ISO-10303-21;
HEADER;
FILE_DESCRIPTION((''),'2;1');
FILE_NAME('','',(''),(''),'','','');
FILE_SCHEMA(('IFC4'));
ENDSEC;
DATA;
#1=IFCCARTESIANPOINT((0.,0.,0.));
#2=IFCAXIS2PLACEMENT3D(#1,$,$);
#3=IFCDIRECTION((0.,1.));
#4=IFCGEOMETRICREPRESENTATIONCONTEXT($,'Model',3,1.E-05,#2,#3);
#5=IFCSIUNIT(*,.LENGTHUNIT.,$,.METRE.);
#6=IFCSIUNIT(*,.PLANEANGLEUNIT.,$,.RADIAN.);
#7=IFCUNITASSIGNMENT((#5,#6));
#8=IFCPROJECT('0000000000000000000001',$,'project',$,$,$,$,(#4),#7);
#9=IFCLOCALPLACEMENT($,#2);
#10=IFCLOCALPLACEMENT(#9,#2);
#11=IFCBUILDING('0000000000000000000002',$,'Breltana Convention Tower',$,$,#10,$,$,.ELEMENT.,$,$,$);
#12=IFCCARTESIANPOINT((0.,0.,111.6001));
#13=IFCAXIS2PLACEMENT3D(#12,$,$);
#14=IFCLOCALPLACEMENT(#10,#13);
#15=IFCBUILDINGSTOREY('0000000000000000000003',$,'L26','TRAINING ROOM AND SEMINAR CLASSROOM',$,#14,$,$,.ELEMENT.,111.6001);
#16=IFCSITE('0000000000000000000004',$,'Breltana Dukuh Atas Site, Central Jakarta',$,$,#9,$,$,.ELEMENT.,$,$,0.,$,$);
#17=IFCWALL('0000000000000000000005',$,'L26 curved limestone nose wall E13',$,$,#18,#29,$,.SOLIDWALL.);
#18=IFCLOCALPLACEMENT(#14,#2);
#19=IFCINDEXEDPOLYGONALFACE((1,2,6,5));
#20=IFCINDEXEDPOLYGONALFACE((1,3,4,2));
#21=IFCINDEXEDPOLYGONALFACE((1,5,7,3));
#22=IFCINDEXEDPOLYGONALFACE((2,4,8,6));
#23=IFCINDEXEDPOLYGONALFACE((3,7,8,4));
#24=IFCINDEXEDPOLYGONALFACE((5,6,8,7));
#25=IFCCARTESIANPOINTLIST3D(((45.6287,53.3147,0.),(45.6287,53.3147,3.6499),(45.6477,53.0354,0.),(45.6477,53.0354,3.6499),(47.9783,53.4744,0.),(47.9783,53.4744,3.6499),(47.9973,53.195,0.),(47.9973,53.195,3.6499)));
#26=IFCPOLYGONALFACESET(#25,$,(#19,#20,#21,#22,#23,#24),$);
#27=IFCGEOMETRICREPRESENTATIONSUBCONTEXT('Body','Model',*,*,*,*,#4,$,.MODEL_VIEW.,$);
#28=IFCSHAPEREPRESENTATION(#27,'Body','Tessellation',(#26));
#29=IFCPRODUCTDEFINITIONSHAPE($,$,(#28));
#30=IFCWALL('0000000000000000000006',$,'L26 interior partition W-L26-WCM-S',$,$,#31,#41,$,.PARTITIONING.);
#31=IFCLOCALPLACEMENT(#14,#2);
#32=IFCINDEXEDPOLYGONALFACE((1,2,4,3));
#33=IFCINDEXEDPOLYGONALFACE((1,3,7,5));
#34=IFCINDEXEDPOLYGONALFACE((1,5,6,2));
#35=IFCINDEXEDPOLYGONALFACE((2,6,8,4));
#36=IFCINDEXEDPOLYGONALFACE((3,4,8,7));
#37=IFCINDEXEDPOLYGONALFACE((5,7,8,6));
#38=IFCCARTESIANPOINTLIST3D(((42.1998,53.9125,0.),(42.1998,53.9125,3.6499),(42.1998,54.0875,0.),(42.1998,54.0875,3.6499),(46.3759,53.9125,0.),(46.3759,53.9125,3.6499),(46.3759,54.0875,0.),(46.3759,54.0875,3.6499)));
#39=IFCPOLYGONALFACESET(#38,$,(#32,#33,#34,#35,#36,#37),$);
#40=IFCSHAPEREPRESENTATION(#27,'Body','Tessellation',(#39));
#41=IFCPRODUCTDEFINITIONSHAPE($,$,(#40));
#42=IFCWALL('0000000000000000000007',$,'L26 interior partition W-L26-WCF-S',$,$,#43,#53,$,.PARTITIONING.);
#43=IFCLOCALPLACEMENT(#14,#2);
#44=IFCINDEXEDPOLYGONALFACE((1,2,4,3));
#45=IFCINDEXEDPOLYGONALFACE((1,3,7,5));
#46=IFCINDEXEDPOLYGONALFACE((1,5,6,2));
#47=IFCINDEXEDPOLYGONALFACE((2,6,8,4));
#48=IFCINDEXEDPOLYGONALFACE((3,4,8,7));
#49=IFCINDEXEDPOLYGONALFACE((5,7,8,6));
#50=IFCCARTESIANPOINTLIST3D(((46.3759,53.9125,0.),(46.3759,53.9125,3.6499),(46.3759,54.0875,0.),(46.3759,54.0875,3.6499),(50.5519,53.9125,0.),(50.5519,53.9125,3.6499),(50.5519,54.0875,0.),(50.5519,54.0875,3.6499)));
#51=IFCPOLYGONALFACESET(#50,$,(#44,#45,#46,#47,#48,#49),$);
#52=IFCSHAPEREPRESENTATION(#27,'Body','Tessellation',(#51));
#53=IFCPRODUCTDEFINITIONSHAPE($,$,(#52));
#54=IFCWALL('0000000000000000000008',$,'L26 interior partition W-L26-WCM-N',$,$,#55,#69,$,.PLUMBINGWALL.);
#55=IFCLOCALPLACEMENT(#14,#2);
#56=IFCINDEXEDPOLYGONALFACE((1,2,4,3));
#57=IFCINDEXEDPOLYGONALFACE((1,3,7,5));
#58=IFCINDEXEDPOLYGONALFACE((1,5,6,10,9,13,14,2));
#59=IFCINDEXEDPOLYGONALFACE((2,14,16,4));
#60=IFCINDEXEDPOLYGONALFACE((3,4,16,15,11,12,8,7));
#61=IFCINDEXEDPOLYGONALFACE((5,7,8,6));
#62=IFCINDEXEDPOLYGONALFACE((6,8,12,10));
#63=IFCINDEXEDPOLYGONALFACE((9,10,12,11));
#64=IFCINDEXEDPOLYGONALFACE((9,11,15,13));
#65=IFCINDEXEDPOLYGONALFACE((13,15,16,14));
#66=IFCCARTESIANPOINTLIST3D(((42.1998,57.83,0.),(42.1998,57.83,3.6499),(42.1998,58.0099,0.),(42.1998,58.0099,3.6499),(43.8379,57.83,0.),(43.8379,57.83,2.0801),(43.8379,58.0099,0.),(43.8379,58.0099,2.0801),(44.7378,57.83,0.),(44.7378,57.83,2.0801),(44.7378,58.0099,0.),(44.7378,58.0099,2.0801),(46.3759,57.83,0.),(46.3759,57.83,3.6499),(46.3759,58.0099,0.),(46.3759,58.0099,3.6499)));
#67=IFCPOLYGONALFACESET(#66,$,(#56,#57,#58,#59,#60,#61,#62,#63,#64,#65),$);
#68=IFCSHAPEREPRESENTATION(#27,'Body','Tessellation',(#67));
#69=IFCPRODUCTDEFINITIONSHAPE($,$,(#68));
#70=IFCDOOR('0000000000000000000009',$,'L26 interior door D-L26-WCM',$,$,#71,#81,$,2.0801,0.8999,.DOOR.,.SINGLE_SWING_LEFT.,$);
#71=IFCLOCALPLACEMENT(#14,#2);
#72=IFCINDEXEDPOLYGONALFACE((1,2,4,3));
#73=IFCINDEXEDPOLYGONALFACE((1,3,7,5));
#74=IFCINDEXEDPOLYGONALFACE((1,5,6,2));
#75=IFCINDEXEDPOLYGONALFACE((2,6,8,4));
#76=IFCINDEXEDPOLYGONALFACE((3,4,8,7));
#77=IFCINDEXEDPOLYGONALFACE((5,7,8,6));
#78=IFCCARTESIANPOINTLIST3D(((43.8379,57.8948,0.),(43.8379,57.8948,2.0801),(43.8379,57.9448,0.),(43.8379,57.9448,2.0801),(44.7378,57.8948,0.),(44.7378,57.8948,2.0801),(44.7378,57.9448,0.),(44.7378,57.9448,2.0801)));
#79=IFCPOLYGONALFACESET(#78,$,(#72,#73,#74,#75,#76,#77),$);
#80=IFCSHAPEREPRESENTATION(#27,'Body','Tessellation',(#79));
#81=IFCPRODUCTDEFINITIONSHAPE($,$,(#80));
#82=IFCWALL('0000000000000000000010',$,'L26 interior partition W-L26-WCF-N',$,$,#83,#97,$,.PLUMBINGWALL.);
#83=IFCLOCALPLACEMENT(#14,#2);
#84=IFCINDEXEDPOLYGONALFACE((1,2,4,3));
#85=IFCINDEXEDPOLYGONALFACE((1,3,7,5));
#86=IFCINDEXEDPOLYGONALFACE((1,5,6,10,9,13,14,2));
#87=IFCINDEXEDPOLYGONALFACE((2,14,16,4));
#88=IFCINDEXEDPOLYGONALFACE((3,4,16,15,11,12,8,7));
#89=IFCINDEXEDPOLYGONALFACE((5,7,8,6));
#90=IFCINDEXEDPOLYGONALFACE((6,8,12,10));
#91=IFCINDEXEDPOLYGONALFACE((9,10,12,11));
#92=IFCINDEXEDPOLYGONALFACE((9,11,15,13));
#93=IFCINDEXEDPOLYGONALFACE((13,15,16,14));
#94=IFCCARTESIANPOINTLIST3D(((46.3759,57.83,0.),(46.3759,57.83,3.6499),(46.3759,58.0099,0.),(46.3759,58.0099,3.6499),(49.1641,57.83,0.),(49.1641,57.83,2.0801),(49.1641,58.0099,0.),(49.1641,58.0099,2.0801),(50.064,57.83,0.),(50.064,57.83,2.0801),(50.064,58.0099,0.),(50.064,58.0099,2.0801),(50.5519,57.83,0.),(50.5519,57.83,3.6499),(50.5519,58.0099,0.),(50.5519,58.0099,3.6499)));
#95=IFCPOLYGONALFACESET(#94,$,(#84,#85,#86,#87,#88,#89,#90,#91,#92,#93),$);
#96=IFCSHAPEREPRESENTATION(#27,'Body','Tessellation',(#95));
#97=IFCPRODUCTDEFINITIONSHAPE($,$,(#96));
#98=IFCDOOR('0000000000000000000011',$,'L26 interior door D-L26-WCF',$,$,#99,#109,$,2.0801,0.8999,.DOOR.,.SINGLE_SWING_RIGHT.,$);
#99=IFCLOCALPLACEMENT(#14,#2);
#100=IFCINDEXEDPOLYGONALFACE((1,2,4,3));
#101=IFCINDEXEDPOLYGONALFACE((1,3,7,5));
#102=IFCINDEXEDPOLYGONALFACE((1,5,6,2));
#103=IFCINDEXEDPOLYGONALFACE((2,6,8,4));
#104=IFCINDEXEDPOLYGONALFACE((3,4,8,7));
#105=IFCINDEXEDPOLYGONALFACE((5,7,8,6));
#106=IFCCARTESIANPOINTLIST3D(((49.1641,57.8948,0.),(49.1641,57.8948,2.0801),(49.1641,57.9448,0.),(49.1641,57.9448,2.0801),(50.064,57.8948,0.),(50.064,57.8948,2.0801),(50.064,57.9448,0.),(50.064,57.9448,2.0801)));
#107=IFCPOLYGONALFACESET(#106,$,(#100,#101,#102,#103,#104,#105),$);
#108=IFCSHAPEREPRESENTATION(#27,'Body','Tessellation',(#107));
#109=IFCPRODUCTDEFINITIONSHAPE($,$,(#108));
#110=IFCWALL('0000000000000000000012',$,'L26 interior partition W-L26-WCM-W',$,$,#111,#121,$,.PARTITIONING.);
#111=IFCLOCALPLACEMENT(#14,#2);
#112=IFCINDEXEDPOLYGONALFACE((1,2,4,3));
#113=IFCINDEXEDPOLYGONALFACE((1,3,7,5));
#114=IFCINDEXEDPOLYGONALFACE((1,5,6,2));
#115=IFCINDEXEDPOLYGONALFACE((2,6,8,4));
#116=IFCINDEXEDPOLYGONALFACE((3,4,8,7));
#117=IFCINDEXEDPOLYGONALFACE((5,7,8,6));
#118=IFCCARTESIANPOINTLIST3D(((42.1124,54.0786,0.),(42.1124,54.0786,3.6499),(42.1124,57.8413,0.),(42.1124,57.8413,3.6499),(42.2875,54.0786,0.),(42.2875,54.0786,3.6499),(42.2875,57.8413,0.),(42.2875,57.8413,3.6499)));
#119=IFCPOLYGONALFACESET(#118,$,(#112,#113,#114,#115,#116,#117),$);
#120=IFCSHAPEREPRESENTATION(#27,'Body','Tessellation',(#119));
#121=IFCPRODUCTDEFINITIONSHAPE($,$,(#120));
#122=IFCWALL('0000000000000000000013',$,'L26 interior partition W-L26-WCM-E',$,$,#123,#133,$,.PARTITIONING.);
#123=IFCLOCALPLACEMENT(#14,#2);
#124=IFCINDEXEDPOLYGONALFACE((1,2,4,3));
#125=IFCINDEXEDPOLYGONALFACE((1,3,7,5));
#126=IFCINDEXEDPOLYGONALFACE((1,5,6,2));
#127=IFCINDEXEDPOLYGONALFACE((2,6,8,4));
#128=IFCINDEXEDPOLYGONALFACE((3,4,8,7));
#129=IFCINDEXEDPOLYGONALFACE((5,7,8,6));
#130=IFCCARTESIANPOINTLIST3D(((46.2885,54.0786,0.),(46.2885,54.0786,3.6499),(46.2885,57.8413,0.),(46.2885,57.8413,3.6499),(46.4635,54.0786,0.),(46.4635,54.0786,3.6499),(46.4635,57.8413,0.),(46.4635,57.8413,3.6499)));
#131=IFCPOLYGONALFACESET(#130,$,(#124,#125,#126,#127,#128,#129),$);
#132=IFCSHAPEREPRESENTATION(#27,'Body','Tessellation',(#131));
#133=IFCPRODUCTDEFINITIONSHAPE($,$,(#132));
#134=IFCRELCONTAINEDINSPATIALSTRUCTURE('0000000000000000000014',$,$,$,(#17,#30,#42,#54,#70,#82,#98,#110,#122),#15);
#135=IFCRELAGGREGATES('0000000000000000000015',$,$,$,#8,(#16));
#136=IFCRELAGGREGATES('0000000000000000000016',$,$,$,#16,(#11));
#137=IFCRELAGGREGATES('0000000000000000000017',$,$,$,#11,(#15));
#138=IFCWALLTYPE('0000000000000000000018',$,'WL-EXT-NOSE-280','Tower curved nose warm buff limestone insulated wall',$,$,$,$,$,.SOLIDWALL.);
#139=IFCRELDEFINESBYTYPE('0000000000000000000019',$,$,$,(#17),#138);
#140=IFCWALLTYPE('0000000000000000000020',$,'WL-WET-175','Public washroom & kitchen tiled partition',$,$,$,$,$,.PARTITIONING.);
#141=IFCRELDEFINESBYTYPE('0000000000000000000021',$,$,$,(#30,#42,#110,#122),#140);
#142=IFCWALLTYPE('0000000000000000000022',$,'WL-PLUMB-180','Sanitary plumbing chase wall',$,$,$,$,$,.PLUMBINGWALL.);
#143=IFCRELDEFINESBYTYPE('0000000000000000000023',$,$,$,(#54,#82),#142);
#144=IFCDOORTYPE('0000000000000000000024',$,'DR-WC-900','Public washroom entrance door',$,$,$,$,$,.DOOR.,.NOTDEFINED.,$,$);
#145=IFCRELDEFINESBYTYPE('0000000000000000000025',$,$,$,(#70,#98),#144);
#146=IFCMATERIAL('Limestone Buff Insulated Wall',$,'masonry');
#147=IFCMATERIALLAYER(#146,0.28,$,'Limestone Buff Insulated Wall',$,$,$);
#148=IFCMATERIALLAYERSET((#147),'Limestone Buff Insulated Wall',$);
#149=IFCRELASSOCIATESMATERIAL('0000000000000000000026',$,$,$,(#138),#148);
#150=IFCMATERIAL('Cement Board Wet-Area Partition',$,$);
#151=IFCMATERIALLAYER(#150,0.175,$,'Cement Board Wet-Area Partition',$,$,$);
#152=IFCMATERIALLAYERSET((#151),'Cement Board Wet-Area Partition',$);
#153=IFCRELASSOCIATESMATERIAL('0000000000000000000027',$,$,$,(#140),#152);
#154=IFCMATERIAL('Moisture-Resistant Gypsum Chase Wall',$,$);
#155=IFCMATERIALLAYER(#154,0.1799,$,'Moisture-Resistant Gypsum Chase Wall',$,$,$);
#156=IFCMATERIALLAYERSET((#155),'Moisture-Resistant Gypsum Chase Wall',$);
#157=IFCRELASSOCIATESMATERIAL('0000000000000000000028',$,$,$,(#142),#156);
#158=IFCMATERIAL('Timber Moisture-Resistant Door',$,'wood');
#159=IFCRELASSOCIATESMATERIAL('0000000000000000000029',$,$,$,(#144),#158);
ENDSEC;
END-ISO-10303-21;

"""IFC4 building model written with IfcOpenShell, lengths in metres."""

from ifc_helpers import new_model, si_unit, direction, frame, frame_2d, origin, place, context, subcontext, project, spatial, rectangle, extrude, source, transform, mapped, material, layer, layer_set, type_object, type_shapes, element, fill, save


model = new_model("IFC4")

# Units and contexts
model_context = context("Model", 3, precision=1e-05, world=origin(), true_north=direction((0.0, 1.0)))
body_context = subcontext(model_context, "Body", "Model", "MODEL_VIEW")
ifc_project = project(units=[si_unit("LENGTHUNIT", "METRE"), si_unit("PLANEANGLEUNIT", "RADIAN")], contexts=[model_context])

# Site, building, storey
site_placement = place(None, origin())
site = spatial("IfcSite", under=ifc_project, at=site_placement, Name="Breltana Dukuh Atas Site, Central Jakarta", CompositionType="ELEMENT", RefElevation=0.0)
building_placement = place(site_placement, origin())
building = spatial("IfcBuilding", under=site, at=building_placement, Name="Breltana Convention Tower", CompositionType="ELEMENT")
storey_placement = place(building_placement, frame((0.0, 0.0, 111.6001)))
storey = spatial("IfcBuildingStorey", under=building, at=storey_placement, Name="L26", Description="TRAINING ROOM AND SEMINAR CLASSROOM", CompositionType="ELEMENT", Elevation=111.6001)

# Walls
ifc_material_1 = material(Name="Limestone Buff Insulated Wall", Category="masonry")
ifc_layer_1 = layer(ifc_material_1, 0.28, Name="Limestone Buff Insulated Wall")
ifc_layer_set_1 = layer_set([ifc_layer_1], Name="Limestone Buff Insulated Wall")
wall_type_1 = type_object("IfcWallType", Name="WL-EXT-NOSE-280", Description="Tower curved nose warm buff limestone insulated wall", PredefinedType="SOLIDWALL", material=ifc_layer_set_1)
shared_shape_1 = source(origin(), body_context, "Body", "SweptSolid", [
    extrude(rectangle(XDim=2.355, YDim=0.28, at=frame_2d((1.1775, 0.0))), origin(), (0.0, 0.0, 1.0), 3.6499),
])
wall_1_placement = place(storey_placement, frame((47.9878, 53.3347, 0.0), z_axis=(0.0, 0.0, 1.0), x_axis=(-0.997699, -0.067799, 0.0)))
element("IfcWall", 1, at=wall_1_placement, inside=storey, type_object=wall_type_1, Name="L26 curved limestone nose wall E13", PredefinedType="SOLIDWALL", context=body_context, shape_type="MappedRepresentation", body=[
    mapped(shared_shape_1, transform((0.0, 0.0, 0.0), scale=1.0)),
])
ifc_material_2 = material(Name="Cement Board Wet-Area Partition")
ifc_layer_2 = layer(ifc_material_2, 0.175, Name="Cement Board Wet-Area Partition")
ifc_layer_set_2 = layer_set([ifc_layer_2], Name="Cement Board Wet-Area Partition")
wall_type_2 = type_object("IfcWallType", Name="WL-WET-175", Description="Public washroom & kitchen tiled partition", PredefinedType="PARTITIONING", material=ifc_layer_set_2)
shared_shape_2 = source(origin(), body_context, "Body", "SweptSolid", [
    extrude(rectangle(XDim=4.176, YDim=0.175, at=frame_2d((2.0879, 0.0))), origin(), (0.0, 0.0, 1.0), 3.6499),
])
for number, where, z_axis, x_axis, name in (
    (2, (42.2, 54.0, 0.0), (0.0, 0.0, 1.0), (1.0, 0.0, 0.0), "L26 interior partition W-L26-WCM-S"),
    (3, (46.376, 54.0, 0.0), (0.0, 0.0, 1.0), (1.0, 0.0, 0.0), "L26 interior partition W-L26-WCF-S"),
):
    element("IfcWall", number, at=place(storey_placement, frame(where, z_axis=z_axis, x_axis=x_axis)), inside=storey, type_object=wall_type_2, Name=name, PredefinedType="PARTITIONING", context=body_context, shape_type="MappedRepresentation", body=[
        mapped(shared_shape_2, transform((0.0, 0.0, 0.0), scale=1.0)),
    ])

# Walls, openings, doors
ifc_material_3 = material(Name="Moisture-Resistant Gypsum Chase Wall")
ifc_layer_3 = layer(ifc_material_3, 0.1799, Name="Moisture-Resistant Gypsum Chase Wall")
ifc_layer_set_3 = layer_set([ifc_layer_3], Name="Moisture-Resistant Gypsum Chase Wall")
wall_type_3 = type_object("IfcWallType", Name="WL-PLUMB-180", Description="Sanitary plumbing chase wall", PredefinedType="PLUMBINGWALL", material=ifc_layer_set_3)
shared_shape_3 = source(origin(), body_context, "Body", "SweptSolid", [
    extrude(rectangle(XDim=4.176, YDim=0.1799, at=frame_2d((2.0879, 0.0))), origin(), (0.0, 0.0, 1.0), 3.6499),
])
wall_2_placement = place(storey_placement, frame((42.2, 57.9199, 0.0), z_axis=(0.0, 0.0, 1.0), x_axis=(1.0, 0.0, 0.0)))
wall_2 = element("IfcWall", 4, at=wall_2_placement, inside=storey, type_object=wall_type_3, Name="L26 interior partition W-L26-WCM-N", PredefinedType="PLUMBINGWALL", context=body_context, shape_type="MappedRepresentation", body=[
    mapped(shared_shape_3, transform((0.0, 0.0, 0.0), scale=1.0)),
])
opening_1_placement = place(wall_2_placement, frame((1.6379, 0.0, 0.0)))
opening_1 = element("IfcOpeningElement", 5, at=opening_1_placement, cuts=wall_2, PredefinedType="OPENING", context=body_context, shape_type="SweptSolid", body=[
    extrude(rectangle(XDim=0.8999, YDim=2.0801, at=frame_2d((0.45, 1.04))), frame((0.0, 0.1001, 0.0), z_axis=(0.0, -1.0, 0.0), x_axis=(1.0, 0.0, 0.0)), (0.0, 0.0, 1.0), 0.2),
])
ifc_material_4 = material(Name="Timber Moisture-Resistant Door", Category="wood")
door_type = type_object("IfcDoorType", Name="DR-WC-900", Description="Public washroom entrance door", OperationType="NOTDEFINED", PredefinedType="DOOR", material=ifc_material_4)
shared_shape_4 = source(origin(), body_context, "Body", "SweptSolid", [
    extrude(rectangle(XDim=0.8999, YDim=2.0801, at=frame_2d((0.45, 1.04))), frame((0.0, 0.0249, 0.0), z_axis=(0.0, -1.0, 0.0), x_axis=(1.0, 0.0, 0.0)), (0.0, 0.0, 1.0), 0.05),
])
type_shapes(door_type, [shared_shape_4])
door_1_placement = place(opening_1_placement, origin())
door_1 = element("IfcDoor", 6, at=door_1_placement, inside=storey, type_object=door_type, Name="L26 interior door D-L26-WCM", OperationType="SINGLE_SWING_LEFT", OverallHeight=2.0801, OverallWidth=0.8999, PredefinedType="DOOR", context=body_context, shape_type="MappedRepresentation", body=[
    mapped(shared_shape_4, transform((0.0, 0.0, 0.0), scale=1.0)),
])
fill(opening_1, door_1)
wall_3_placement = place(storey_placement, frame((46.376, 57.9199, 0.0), z_axis=(0.0, 0.0, 1.0), x_axis=(1.0, 0.0, 0.0)))
wall_3 = element("IfcWall", 7, at=wall_3_placement, inside=storey, type_object=wall_type_3, Name="L26 interior partition W-L26-WCF-N", PredefinedType="PLUMBINGWALL", context=body_context, shape_type="MappedRepresentation", body=[
    mapped(shared_shape_3, transform((0.0, 0.0, 0.0), scale=1.0)),
])
opening_2_placement = place(wall_3_placement, frame((2.7881, 0.0, 0.0)))
opening_2 = element("IfcOpeningElement", 8, at=opening_2_placement, cuts=wall_3, PredefinedType="OPENING", context=body_context, shape_type="SweptSolid", body=[
    extrude(rectangle(XDim=0.8999, YDim=2.0801, at=frame_2d((0.45, 1.04))), frame((0.0, 0.1001, 0.0), z_axis=(0.0, -1.0, 0.0), x_axis=(1.0, 0.0, 0.0)), (0.0, 0.0, 1.0), 0.2),
])
door_2_placement = place(opening_2_placement, origin())
door_2 = element("IfcDoor", 9, at=door_2_placement, inside=storey, type_object=door_type, Name="L26 interior door D-L26-WCF", OperationType="SINGLE_SWING_RIGHT", OverallHeight=2.0801, OverallWidth=0.8999, PredefinedType="DOOR", context=body_context, shape_type="MappedRepresentation", body=[
    mapped(shared_shape_4, transform((0.0, 0.0, 0.0), scale=1.0)),
])
fill(opening_2, door_2)

# Walls
shared_shape_5 = source(origin(), body_context, "Body", "SweptSolid", [
    extrude(rectangle(XDim=3.7627, YDim=0.175, at=frame_2d((1.8813, 0.0))), origin(), (0.0, 0.0, 1.0), 3.6499),
])
for number, where, z_axis, x_axis, name in (
    (10, (42.2, 54.0786, 0.0), (0.0, 0.0, 1.0), (0.0, 1.0, 0.0), "L26 interior partition W-L26-WCM-W"),
    (11, (46.376, 54.0786, 0.0), (0.0, 0.0, 1.0), (0.0, 1.0, 0.0), "L26 interior partition W-L26-WCM-E"),
):
    element("IfcWall", number, at=place(storey_placement, frame(where, z_axis=z_axis, x_axis=x_axis)), inside=storey, type_object=wall_type_2, Name=name, PredefinedType="PARTITIONING", context=body_context, shape_type="MappedRepresentation", body=[
        mapped(shared_shape_5, transform((0.0, 0.0, 0.0), scale=1.0)),
    ])

save(model, "model.ifc")
